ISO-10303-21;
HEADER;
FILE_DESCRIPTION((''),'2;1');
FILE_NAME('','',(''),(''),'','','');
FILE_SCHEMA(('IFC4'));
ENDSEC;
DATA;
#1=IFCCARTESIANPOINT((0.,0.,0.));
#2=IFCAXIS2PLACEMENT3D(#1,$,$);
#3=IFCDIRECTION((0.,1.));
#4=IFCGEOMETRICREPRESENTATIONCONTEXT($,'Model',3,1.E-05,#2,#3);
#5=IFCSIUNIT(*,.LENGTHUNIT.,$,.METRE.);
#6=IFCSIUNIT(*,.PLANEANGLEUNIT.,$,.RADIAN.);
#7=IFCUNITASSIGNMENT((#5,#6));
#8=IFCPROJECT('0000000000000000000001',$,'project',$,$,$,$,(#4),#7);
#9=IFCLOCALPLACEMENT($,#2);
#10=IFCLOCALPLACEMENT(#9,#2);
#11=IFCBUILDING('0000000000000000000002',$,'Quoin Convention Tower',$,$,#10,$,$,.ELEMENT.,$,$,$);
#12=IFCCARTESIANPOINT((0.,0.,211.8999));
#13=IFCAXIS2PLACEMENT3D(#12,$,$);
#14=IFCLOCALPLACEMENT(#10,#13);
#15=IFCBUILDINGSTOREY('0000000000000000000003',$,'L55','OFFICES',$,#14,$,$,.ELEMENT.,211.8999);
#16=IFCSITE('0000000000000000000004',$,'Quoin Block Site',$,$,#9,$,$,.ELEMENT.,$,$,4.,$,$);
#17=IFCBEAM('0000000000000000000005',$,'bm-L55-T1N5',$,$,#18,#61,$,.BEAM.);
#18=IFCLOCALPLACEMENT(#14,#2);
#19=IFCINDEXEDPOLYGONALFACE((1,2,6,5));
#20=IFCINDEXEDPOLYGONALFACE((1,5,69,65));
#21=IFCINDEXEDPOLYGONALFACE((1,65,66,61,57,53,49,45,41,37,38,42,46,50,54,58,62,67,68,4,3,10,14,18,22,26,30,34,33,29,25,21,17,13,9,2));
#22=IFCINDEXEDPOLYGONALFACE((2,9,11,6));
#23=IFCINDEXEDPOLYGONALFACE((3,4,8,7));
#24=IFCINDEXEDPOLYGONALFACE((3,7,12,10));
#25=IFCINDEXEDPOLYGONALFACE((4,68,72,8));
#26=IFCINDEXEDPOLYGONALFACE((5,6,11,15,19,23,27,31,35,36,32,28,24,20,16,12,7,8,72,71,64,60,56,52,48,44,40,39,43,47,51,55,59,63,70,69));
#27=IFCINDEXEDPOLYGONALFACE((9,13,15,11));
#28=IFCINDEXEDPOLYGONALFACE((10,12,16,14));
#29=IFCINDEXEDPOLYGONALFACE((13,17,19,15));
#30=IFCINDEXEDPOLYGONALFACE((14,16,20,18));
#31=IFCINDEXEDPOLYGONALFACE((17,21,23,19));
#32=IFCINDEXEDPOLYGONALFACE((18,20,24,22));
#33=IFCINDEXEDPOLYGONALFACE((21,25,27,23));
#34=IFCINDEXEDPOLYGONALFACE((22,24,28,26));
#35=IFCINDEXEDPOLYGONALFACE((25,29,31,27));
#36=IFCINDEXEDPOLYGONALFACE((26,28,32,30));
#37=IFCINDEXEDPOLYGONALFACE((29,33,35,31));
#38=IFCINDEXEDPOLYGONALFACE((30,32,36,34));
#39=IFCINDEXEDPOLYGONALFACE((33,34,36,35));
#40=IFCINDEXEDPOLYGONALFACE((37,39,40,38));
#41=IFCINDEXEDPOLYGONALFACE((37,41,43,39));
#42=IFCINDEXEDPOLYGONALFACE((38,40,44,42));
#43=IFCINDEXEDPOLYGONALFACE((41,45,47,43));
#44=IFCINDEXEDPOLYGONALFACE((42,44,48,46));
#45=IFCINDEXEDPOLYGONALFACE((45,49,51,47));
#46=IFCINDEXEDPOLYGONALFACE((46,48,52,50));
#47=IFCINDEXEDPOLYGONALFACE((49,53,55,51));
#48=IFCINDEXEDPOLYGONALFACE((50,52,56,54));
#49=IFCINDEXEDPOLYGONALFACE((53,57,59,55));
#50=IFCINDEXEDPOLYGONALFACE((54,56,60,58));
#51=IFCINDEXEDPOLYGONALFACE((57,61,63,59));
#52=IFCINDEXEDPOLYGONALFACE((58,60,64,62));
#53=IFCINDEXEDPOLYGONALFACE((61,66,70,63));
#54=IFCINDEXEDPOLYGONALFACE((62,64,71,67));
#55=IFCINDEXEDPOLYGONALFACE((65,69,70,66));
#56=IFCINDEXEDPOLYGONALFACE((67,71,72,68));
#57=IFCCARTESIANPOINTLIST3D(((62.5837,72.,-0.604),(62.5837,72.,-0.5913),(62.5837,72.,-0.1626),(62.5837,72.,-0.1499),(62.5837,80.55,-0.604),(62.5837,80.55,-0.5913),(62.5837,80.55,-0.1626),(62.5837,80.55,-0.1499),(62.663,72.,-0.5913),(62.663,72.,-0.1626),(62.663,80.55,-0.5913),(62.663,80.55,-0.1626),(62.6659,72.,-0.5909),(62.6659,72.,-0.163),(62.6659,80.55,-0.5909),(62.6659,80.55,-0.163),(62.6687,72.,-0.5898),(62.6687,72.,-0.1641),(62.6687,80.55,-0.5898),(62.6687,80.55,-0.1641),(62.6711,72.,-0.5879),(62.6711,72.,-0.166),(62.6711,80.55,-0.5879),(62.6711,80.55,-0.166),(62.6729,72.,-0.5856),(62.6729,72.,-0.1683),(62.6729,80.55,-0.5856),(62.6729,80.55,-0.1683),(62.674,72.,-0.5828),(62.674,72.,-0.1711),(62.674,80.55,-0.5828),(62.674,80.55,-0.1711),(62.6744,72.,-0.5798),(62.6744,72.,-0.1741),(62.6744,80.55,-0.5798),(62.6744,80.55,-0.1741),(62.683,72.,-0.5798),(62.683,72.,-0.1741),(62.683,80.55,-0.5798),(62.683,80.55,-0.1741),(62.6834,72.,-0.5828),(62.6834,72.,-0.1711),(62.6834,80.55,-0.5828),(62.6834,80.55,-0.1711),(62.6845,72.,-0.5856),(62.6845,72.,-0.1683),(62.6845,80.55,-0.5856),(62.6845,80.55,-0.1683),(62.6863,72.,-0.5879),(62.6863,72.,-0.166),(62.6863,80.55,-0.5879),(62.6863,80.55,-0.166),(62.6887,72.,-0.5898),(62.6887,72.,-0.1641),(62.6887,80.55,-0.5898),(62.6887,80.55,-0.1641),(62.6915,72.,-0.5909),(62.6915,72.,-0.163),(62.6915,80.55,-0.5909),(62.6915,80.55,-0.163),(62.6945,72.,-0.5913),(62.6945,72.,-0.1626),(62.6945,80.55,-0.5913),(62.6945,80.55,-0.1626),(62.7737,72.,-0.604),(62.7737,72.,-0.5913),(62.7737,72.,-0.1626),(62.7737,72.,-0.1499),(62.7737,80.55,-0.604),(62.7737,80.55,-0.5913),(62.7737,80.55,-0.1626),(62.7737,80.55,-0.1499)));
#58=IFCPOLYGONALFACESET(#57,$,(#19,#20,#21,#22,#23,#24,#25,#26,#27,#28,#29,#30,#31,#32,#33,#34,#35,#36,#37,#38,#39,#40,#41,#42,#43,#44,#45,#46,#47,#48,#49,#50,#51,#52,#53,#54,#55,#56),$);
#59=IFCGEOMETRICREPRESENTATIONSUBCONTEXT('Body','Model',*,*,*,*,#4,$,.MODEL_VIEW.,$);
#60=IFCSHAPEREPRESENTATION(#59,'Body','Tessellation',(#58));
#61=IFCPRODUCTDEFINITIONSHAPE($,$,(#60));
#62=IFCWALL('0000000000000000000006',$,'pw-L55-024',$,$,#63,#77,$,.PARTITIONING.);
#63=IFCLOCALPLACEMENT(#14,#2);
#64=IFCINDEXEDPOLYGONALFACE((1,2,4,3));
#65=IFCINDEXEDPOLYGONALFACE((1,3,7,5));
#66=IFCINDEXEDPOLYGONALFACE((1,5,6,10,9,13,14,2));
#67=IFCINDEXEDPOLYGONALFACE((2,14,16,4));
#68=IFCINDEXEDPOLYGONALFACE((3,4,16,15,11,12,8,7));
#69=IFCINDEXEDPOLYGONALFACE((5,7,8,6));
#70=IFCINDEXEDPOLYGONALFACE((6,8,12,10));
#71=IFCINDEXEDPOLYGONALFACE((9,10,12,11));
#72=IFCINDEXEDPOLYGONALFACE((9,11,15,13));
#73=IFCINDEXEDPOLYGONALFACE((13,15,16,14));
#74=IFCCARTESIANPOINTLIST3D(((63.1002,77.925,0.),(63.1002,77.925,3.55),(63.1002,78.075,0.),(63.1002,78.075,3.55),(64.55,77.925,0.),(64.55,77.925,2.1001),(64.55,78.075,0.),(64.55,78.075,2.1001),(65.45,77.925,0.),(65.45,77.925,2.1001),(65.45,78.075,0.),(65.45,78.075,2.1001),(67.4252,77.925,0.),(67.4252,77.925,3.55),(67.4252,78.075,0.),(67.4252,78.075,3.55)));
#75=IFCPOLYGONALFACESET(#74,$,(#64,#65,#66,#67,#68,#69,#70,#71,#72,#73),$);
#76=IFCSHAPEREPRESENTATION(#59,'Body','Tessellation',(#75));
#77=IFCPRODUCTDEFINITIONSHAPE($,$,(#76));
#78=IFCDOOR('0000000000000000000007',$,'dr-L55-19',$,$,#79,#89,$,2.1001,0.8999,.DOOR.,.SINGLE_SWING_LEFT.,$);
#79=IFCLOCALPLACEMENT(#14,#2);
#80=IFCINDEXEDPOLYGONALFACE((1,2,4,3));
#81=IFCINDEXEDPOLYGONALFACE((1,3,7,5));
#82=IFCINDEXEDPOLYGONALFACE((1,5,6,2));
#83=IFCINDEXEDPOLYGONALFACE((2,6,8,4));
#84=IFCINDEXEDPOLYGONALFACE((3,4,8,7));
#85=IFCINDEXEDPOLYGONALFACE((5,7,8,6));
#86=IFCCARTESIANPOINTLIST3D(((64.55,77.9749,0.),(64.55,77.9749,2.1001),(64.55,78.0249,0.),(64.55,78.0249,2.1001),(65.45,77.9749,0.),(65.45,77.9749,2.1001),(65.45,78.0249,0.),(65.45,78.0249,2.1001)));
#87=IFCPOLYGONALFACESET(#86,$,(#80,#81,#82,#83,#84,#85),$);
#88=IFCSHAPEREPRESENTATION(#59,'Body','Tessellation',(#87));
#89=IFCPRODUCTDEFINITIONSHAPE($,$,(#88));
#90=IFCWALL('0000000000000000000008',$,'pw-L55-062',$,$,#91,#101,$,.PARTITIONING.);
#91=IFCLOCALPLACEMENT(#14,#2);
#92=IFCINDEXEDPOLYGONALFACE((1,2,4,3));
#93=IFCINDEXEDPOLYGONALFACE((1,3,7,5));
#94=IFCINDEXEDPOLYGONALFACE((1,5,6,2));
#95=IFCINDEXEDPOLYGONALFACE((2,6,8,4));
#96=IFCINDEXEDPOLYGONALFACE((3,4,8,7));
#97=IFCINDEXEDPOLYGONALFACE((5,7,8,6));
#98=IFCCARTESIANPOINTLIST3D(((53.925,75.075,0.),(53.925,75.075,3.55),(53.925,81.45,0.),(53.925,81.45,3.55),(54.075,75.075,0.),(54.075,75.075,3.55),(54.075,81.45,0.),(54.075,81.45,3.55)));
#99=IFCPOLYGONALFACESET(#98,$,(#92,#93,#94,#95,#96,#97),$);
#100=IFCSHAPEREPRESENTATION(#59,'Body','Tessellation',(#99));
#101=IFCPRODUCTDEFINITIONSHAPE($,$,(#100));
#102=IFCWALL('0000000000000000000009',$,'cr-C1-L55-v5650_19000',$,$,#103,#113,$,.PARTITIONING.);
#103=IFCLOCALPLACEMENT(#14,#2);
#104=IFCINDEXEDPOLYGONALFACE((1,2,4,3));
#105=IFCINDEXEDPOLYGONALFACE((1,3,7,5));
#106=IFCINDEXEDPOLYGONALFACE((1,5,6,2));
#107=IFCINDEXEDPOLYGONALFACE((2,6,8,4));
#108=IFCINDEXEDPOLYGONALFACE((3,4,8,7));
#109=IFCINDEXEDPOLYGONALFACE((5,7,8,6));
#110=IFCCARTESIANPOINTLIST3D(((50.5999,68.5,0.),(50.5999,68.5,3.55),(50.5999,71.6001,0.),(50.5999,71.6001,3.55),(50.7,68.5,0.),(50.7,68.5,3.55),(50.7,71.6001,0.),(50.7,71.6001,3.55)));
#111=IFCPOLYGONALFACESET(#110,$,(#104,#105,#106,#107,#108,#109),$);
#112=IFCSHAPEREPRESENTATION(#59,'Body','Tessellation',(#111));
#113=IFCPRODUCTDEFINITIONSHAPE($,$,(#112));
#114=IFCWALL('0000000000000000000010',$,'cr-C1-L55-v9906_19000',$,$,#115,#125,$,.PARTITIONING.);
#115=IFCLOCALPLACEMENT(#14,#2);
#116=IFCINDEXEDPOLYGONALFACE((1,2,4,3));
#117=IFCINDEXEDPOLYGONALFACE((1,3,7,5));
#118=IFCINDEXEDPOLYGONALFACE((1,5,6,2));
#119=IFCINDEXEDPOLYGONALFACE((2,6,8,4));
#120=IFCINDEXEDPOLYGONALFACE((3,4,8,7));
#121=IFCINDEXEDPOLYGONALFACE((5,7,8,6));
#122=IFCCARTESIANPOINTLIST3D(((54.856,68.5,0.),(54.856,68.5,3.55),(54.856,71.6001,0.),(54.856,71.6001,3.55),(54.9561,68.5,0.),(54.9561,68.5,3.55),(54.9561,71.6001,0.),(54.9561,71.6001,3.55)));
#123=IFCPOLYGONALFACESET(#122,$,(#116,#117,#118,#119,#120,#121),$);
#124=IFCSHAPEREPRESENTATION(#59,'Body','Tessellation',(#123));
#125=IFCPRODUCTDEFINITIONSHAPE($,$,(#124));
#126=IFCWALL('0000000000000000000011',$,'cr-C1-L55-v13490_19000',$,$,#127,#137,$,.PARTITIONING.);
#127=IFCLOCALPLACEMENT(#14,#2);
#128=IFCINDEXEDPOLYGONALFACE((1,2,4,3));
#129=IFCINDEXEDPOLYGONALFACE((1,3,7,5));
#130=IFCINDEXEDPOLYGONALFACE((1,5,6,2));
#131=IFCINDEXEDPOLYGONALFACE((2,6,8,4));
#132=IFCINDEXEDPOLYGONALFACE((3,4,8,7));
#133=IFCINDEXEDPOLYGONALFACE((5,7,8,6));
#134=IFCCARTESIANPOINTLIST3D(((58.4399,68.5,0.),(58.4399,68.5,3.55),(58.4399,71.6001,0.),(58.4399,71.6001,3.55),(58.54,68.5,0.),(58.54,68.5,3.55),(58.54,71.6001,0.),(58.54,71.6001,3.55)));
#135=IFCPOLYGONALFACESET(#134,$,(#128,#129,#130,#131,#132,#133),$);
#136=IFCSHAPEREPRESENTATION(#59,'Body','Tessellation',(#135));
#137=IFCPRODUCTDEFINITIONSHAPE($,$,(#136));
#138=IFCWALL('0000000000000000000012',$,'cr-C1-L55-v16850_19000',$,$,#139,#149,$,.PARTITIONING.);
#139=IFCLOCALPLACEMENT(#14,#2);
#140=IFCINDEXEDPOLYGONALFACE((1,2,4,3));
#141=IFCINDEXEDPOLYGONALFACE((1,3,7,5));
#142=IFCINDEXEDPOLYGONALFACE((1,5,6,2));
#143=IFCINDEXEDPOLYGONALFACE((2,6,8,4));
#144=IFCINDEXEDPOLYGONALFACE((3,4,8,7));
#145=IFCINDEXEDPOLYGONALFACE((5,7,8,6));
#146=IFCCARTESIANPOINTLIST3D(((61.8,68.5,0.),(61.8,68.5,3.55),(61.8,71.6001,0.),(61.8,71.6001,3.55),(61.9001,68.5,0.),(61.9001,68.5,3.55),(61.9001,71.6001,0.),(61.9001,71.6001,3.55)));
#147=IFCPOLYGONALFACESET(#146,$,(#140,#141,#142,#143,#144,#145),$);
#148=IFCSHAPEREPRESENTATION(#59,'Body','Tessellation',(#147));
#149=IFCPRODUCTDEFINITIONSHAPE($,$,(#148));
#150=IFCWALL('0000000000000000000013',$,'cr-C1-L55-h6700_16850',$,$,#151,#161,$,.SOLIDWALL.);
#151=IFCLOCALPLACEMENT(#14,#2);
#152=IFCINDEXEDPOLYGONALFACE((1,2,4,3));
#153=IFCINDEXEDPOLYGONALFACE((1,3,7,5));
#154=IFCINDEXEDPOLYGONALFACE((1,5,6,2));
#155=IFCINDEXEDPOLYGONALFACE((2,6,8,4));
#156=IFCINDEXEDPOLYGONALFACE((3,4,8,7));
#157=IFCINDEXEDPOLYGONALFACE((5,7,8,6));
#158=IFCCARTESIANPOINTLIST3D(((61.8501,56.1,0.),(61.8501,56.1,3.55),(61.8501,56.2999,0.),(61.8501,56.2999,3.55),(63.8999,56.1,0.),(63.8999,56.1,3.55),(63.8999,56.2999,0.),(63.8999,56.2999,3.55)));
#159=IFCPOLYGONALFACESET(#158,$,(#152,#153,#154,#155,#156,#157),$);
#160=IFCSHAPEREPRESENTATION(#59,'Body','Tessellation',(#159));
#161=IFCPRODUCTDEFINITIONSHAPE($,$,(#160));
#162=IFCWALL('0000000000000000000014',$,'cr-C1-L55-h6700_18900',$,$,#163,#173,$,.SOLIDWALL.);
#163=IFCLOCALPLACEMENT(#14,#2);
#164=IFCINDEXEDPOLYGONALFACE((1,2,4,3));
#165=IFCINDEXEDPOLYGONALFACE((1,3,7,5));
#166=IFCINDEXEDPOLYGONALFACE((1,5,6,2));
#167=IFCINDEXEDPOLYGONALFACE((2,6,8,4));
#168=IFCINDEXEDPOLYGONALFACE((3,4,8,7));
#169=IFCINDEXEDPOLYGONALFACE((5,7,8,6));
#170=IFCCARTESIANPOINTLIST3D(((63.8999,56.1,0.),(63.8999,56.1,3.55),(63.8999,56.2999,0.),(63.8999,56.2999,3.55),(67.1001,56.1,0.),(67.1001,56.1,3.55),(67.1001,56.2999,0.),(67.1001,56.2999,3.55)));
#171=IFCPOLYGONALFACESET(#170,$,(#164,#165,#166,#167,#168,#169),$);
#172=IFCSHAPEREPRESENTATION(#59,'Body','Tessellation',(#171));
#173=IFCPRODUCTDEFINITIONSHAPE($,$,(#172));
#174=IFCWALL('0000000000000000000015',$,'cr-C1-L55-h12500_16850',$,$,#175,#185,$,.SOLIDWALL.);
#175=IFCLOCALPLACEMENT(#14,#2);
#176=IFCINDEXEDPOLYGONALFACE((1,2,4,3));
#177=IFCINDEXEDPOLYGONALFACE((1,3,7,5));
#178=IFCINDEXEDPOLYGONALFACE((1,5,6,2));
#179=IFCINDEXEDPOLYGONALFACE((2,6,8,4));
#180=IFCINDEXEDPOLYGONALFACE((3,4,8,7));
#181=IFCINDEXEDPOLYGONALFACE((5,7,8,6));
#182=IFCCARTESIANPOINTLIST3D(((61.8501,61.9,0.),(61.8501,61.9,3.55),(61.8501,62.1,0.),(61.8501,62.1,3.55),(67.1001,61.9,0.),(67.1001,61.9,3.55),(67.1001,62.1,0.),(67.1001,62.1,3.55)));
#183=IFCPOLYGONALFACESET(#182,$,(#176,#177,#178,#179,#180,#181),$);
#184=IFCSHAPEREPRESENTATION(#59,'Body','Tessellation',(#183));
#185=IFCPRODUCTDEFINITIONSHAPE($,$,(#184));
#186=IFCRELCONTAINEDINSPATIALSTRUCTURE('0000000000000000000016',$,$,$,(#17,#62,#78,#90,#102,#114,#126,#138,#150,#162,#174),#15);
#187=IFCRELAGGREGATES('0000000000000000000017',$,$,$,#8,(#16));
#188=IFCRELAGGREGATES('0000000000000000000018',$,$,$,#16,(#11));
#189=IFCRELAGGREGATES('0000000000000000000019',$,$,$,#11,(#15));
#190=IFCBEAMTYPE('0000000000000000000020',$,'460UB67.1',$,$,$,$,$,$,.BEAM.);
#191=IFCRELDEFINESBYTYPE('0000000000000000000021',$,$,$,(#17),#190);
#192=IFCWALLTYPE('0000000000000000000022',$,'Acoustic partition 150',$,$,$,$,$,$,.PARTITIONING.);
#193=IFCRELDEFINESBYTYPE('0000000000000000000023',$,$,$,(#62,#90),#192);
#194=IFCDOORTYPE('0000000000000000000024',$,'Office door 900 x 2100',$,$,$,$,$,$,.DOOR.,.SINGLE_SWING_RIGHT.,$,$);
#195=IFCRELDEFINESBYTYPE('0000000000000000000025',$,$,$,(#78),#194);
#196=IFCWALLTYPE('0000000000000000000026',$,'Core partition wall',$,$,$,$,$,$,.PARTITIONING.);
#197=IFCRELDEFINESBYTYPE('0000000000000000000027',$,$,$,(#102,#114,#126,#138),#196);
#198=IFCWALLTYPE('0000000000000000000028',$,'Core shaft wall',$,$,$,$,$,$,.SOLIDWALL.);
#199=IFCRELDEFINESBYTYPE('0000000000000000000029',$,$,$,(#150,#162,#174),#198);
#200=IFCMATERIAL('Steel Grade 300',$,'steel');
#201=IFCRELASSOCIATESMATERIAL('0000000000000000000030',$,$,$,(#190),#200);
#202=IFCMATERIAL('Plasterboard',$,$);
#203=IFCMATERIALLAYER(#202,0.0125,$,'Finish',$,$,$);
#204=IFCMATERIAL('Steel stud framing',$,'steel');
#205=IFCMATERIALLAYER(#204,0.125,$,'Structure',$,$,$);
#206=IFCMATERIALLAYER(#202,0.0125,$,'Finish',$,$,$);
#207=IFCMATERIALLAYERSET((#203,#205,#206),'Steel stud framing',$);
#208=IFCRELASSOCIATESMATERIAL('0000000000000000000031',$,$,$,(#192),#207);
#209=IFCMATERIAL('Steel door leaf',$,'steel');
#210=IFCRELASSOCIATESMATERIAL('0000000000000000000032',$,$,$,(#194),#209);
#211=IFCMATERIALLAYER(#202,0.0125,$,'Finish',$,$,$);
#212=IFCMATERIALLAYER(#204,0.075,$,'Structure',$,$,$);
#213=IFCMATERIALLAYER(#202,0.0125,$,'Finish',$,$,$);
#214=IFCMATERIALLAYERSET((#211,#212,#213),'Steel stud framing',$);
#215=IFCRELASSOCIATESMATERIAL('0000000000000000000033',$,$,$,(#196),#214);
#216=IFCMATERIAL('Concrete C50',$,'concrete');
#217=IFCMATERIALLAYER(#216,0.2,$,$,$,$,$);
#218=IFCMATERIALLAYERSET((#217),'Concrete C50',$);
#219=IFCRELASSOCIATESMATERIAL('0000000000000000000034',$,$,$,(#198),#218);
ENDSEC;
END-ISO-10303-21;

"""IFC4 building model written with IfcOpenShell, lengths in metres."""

from ifc_helpers import new_model, si_unit, direction, frame, frame_2d, origin, origin_2d, place, context, subcontext, project, spatial, rectangle, i_section, extrude, material, layer, layer_set, material_profile, profile_set, type_object, element, fill, save


model = new_model("IFC4")

# Units and contexts
model_context = context("Model", 3, precision=1e-05, world=origin(), true_north=direction((0.0, 1.0)))
body_context = subcontext(model_context, "Body", "Model", "MODEL_VIEW")
ifc_project = project(units=[si_unit("LENGTHUNIT", "METRE"), si_unit("PLANEANGLEUNIT", "RADIAN")], contexts=[model_context])

# Site, building, storey
site_placement = place(None, origin())
site = spatial("IfcSite", under=ifc_project, at=site_placement, Name="Quoin Block Site", CompositionType="ELEMENT", RefElevation=4.0)
building_placement = place(site_placement, origin())
building = spatial("IfcBuilding", under=site, at=building_placement, Name="Quoin Convention Tower", CompositionType="ELEMENT")
storey_placement = place(building_placement, frame((0.0, 0.0, 211.8999)))
storey = spatial("IfcBuildingStorey", under=building, at=storey_placement, Name="L55", Description="OFFICES", CompositionType="ELEMENT", Elevation=211.8999)

# Shared definitions
ifc_material_1 = material(Name="Concrete C50", Category="concrete")

# Beam
ifc_material_2 = material(Name="Steel Grade 300", Category="steel")
ifc_material_profile_1 = material_profile(ifc_material_2, i_section(OverallWidth=0.1899, OverallDepth=0.4541, WebThickness=0.0085, FlangeThickness=0.0127, FilletRadius=0.0115, at=origin_2d()), Name="460UB67.1")
ifc_profile_set_1 = profile_set([ifc_material_profile_1], Name="Steel Grade 300")
beam_type = type_object("IfcBeamType", Name="460UB67.1", PredefinedType="BEAM", material=ifc_profile_set_1)
beam_placement = place(storey_placement, frame((62.6787, 72.0, -0.377), z_axis=(0.0, 1.0, 0.0), x_axis=(-1.0, 0.0, 0.0)))
element("IfcBeam", 1, at=beam_placement, inside=storey, type_object=beam_type, Name="bm-L55-T1N5", PredefinedType="BEAM", context=body_context, shape_type="SweptSolid", body=[
    extrude(i_section(OverallWidth=0.1899, OverallDepth=0.4541, WebThickness=0.0085, FlangeThickness=0.0127, FilletRadius=0.0115, at=origin_2d()), origin(), (0.0, 0.0, 1.0), 8.55),
])

# Wall, opening, door
ifc_material_3 = material(Name="Plasterboard")
ifc_layer_1 = layer(ifc_material_3, 0.0125, Name="Finish")
ifc_material_4 = material(Name="Steel stud framing", Category="steel")
ifc_layer_2 = layer(ifc_material_4, 0.125, Name="Structure")
ifc_layer_3 = layer(ifc_material_3, 0.0125, Name="Finish")
ifc_layer_set_1 = layer_set([ifc_layer_1, ifc_layer_2, ifc_layer_3], Name="Steel stud framing")
wall_type_1 = type_object("IfcWallType", Name="Acoustic partition 150", PredefinedType="PARTITIONING", material=ifc_layer_set_1)
wall_1_placement = place(storey_placement, frame((63.1001, 78.0, 0.0), z_axis=(0.0, 0.0, 1.0), x_axis=(1.0, 0.0, 0.0)))
wall_1 = element("IfcWall", 2, at=wall_1_placement, inside=storey, type_object=wall_type_1, Name="pw-L55-024", PredefinedType="PARTITIONING", context=body_context, shape_type="SweptSolid", body=[
    extrude(rectangle(XDim=4.325, YDim=0.1499, at=frame_2d((2.1626, 0.0))), origin(), (0.0, 0.0, 1.0), 3.55),
])
opening_1_placement = place(wall_1_placement, frame((1.45, 0.0, 0.0)))
opening_1 = element("IfcOpeningElement", 3, at=opening_1_placement, cuts=wall_1, PredefinedType="OPENING", context=body_context, shape_type="SweptSolid", body=[
    extrude(rectangle(XDim=0.8999, YDim=2.1001, at=frame_2d((0.45, 1.05))), frame((0.0, 0.085, 0.0), z_axis=(0.0, -1.0, 0.0), x_axis=(1.0, 0.0, 0.0)), (0.0, 0.0, 1.0), 0.1699),
])
ifc_material_5 = material(Name="Steel door leaf", Category="steel")
door_type = type_object("IfcDoorType", Name="Office door 900 x 2100", OperationType="SINGLE_SWING_RIGHT", PredefinedType="DOOR", material=ifc_material_5)
door_1_placement = place(opening_1_placement, origin())
door_1 = element("IfcDoor", 4, at=door_1_placement, inside=storey, type_object=door_type, Name="dr-L55-19", OperationType="SINGLE_SWING_LEFT", OverallHeight=2.1001, OverallWidth=0.8999, PredefinedType="DOOR", context=body_context, shape_type="SweptSolid", body=[
    extrude(rectangle(XDim=0.8999, YDim=2.1001, at=frame_2d((0.45, 1.05))), frame((0.0, 0.0249, 0.0), z_axis=(0.0, -1.0, 0.0), x_axis=(1.0, 0.0, 0.0)), (0.0, 0.0, 1.0), 0.05),
])
fill(opening_1, door_1)

# Walls
wall_2_placement = place(storey_placement, frame((54.0, 75.075, 0.0), z_axis=(0.0, 0.0, 1.0), x_axis=(0.0, 1.0, 0.0)))
element("IfcWall", 5, at=wall_2_placement, inside=storey, type_object=wall_type_1, Name="pw-L55-062", PredefinedType="PARTITIONING", context=body_context, shape_type="SweptSolid", body=[
    extrude(rectangle(XDim=6.375, YDim=0.1499, at=frame_2d((3.1875, 0.0))), origin(), (0.0, 0.0, 1.0), 3.55),
])
ifc_layer_4 = layer(ifc_material_3, 0.0125, Name="Finish")
ifc_layer_5 = layer(ifc_material_4, 0.075, Name="Structure")
ifc_layer_6 = layer(ifc_material_3, 0.0125, Name="Finish")
ifc_layer_set_2 = layer_set([ifc_layer_4, ifc_layer_5, ifc_layer_6], Name="Steel stud framing")
wall_type_2 = type_object("IfcWallType", Name="Core partition wall", PredefinedType="PARTITIONING", material=ifc_layer_set_2)
for number, where, z_axis, x_axis, name in (
    (6, (50.6499, 68.5, 0.0), (0.0, 0.0, 1.0), (0.0, 1.0, 0.0), "cr-C1-L55-v5650_19000"),
    (7, (54.906, 68.5, 0.0), (0.0, 0.0, 1.0), (0.0, 1.0, 0.0), "cr-C1-L55-v9906_19000"),
    (8, (58.49, 68.5, 0.0), (0.0, 0.0, 1.0), (0.0, 1.0, 0.0), "cr-C1-L55-v13490_19000"),
    (9, (61.8501, 68.5, 0.0), (0.0, 0.0, 1.0), (0.0, 1.0, 0.0), "cr-C1-L55-v16850_19000"),
):
    element("IfcWall", number, at=place(storey_placement, frame(where, z_axis=z_axis, x_axis=x_axis)), inside=storey, type_object=wall_type_2, Name=name, PredefinedType="PARTITIONING", context=body_context, shape_type="SweptSolid", body=[
        extrude(rectangle(XDim=3.1001, YDim=0.1001, at=frame_2d((1.55, 0.0))), origin(), (0.0, 0.0, 1.0), 3.55),
    ])
ifc_layer_7 = layer(ifc_material_1, 0.2)
ifc_layer_set_3 = layer_set([ifc_layer_7], Name="Concrete C50")
wall_type_3 = type_object("IfcWallType", Name="Core shaft wall", PredefinedType="SOLIDWALL", material=ifc_layer_set_3)
wall_3_placement = place(storey_placement, frame((61.8501, 56.2, 0.0), z_axis=(0.0, 0.0, 1.0), x_axis=(1.0, 0.0, 0.0)))
element("IfcWall", 10, at=wall_3_placement, inside=storey, type_object=wall_type_3, Name="cr-C1-L55-h6700_16850", PredefinedType="SOLIDWALL", context=body_context, shape_type="SweptSolid", body=[
    extrude(rectangle(XDim=2.0498, YDim=0.2, at=frame_2d((1.0249, 0.0))), origin(), (0.0, 0.0, 1.0), 3.55),
])
wall_4_placement = place(storey_placement, frame((63.8999, 56.2, 0.0), z_axis=(0.0, 0.0, 1.0), x_axis=(1.0, 0.0, 0.0)))
element("IfcWall", 11, at=wall_4_placement, inside=storey, type_object=wall_type_3, Name="cr-C1-L55-h6700_18900", PredefinedType="SOLIDWALL", context=body_context, shape_type="SweptSolid", body=[
    extrude(rectangle(XDim=3.2002, YDim=0.2, at=frame_2d((1.6001, 0.0))), origin(), (0.0, 0.0, 1.0), 3.55),
])
wall_5_placement = place(storey_placement, frame((61.8501, 62.0, 0.0), z_axis=(0.0, 0.0, 1.0), x_axis=(1.0, 0.0, 0.0)))
element("IfcWall", 12, at=wall_5_placement, inside=storey, type_object=wall_type_3, Name="cr-C1-L55-h12500_16850", PredefinedType="SOLIDWALL", context=body_context, shape_type="SweptSolid", body=[
    extrude(rectangle(XDim=5.25, YDim=0.2, at=frame_2d((2.625, 0.0))), origin(), (0.0, 0.0, 1.0), 3.55),
])

save(model, "model.ifc")
